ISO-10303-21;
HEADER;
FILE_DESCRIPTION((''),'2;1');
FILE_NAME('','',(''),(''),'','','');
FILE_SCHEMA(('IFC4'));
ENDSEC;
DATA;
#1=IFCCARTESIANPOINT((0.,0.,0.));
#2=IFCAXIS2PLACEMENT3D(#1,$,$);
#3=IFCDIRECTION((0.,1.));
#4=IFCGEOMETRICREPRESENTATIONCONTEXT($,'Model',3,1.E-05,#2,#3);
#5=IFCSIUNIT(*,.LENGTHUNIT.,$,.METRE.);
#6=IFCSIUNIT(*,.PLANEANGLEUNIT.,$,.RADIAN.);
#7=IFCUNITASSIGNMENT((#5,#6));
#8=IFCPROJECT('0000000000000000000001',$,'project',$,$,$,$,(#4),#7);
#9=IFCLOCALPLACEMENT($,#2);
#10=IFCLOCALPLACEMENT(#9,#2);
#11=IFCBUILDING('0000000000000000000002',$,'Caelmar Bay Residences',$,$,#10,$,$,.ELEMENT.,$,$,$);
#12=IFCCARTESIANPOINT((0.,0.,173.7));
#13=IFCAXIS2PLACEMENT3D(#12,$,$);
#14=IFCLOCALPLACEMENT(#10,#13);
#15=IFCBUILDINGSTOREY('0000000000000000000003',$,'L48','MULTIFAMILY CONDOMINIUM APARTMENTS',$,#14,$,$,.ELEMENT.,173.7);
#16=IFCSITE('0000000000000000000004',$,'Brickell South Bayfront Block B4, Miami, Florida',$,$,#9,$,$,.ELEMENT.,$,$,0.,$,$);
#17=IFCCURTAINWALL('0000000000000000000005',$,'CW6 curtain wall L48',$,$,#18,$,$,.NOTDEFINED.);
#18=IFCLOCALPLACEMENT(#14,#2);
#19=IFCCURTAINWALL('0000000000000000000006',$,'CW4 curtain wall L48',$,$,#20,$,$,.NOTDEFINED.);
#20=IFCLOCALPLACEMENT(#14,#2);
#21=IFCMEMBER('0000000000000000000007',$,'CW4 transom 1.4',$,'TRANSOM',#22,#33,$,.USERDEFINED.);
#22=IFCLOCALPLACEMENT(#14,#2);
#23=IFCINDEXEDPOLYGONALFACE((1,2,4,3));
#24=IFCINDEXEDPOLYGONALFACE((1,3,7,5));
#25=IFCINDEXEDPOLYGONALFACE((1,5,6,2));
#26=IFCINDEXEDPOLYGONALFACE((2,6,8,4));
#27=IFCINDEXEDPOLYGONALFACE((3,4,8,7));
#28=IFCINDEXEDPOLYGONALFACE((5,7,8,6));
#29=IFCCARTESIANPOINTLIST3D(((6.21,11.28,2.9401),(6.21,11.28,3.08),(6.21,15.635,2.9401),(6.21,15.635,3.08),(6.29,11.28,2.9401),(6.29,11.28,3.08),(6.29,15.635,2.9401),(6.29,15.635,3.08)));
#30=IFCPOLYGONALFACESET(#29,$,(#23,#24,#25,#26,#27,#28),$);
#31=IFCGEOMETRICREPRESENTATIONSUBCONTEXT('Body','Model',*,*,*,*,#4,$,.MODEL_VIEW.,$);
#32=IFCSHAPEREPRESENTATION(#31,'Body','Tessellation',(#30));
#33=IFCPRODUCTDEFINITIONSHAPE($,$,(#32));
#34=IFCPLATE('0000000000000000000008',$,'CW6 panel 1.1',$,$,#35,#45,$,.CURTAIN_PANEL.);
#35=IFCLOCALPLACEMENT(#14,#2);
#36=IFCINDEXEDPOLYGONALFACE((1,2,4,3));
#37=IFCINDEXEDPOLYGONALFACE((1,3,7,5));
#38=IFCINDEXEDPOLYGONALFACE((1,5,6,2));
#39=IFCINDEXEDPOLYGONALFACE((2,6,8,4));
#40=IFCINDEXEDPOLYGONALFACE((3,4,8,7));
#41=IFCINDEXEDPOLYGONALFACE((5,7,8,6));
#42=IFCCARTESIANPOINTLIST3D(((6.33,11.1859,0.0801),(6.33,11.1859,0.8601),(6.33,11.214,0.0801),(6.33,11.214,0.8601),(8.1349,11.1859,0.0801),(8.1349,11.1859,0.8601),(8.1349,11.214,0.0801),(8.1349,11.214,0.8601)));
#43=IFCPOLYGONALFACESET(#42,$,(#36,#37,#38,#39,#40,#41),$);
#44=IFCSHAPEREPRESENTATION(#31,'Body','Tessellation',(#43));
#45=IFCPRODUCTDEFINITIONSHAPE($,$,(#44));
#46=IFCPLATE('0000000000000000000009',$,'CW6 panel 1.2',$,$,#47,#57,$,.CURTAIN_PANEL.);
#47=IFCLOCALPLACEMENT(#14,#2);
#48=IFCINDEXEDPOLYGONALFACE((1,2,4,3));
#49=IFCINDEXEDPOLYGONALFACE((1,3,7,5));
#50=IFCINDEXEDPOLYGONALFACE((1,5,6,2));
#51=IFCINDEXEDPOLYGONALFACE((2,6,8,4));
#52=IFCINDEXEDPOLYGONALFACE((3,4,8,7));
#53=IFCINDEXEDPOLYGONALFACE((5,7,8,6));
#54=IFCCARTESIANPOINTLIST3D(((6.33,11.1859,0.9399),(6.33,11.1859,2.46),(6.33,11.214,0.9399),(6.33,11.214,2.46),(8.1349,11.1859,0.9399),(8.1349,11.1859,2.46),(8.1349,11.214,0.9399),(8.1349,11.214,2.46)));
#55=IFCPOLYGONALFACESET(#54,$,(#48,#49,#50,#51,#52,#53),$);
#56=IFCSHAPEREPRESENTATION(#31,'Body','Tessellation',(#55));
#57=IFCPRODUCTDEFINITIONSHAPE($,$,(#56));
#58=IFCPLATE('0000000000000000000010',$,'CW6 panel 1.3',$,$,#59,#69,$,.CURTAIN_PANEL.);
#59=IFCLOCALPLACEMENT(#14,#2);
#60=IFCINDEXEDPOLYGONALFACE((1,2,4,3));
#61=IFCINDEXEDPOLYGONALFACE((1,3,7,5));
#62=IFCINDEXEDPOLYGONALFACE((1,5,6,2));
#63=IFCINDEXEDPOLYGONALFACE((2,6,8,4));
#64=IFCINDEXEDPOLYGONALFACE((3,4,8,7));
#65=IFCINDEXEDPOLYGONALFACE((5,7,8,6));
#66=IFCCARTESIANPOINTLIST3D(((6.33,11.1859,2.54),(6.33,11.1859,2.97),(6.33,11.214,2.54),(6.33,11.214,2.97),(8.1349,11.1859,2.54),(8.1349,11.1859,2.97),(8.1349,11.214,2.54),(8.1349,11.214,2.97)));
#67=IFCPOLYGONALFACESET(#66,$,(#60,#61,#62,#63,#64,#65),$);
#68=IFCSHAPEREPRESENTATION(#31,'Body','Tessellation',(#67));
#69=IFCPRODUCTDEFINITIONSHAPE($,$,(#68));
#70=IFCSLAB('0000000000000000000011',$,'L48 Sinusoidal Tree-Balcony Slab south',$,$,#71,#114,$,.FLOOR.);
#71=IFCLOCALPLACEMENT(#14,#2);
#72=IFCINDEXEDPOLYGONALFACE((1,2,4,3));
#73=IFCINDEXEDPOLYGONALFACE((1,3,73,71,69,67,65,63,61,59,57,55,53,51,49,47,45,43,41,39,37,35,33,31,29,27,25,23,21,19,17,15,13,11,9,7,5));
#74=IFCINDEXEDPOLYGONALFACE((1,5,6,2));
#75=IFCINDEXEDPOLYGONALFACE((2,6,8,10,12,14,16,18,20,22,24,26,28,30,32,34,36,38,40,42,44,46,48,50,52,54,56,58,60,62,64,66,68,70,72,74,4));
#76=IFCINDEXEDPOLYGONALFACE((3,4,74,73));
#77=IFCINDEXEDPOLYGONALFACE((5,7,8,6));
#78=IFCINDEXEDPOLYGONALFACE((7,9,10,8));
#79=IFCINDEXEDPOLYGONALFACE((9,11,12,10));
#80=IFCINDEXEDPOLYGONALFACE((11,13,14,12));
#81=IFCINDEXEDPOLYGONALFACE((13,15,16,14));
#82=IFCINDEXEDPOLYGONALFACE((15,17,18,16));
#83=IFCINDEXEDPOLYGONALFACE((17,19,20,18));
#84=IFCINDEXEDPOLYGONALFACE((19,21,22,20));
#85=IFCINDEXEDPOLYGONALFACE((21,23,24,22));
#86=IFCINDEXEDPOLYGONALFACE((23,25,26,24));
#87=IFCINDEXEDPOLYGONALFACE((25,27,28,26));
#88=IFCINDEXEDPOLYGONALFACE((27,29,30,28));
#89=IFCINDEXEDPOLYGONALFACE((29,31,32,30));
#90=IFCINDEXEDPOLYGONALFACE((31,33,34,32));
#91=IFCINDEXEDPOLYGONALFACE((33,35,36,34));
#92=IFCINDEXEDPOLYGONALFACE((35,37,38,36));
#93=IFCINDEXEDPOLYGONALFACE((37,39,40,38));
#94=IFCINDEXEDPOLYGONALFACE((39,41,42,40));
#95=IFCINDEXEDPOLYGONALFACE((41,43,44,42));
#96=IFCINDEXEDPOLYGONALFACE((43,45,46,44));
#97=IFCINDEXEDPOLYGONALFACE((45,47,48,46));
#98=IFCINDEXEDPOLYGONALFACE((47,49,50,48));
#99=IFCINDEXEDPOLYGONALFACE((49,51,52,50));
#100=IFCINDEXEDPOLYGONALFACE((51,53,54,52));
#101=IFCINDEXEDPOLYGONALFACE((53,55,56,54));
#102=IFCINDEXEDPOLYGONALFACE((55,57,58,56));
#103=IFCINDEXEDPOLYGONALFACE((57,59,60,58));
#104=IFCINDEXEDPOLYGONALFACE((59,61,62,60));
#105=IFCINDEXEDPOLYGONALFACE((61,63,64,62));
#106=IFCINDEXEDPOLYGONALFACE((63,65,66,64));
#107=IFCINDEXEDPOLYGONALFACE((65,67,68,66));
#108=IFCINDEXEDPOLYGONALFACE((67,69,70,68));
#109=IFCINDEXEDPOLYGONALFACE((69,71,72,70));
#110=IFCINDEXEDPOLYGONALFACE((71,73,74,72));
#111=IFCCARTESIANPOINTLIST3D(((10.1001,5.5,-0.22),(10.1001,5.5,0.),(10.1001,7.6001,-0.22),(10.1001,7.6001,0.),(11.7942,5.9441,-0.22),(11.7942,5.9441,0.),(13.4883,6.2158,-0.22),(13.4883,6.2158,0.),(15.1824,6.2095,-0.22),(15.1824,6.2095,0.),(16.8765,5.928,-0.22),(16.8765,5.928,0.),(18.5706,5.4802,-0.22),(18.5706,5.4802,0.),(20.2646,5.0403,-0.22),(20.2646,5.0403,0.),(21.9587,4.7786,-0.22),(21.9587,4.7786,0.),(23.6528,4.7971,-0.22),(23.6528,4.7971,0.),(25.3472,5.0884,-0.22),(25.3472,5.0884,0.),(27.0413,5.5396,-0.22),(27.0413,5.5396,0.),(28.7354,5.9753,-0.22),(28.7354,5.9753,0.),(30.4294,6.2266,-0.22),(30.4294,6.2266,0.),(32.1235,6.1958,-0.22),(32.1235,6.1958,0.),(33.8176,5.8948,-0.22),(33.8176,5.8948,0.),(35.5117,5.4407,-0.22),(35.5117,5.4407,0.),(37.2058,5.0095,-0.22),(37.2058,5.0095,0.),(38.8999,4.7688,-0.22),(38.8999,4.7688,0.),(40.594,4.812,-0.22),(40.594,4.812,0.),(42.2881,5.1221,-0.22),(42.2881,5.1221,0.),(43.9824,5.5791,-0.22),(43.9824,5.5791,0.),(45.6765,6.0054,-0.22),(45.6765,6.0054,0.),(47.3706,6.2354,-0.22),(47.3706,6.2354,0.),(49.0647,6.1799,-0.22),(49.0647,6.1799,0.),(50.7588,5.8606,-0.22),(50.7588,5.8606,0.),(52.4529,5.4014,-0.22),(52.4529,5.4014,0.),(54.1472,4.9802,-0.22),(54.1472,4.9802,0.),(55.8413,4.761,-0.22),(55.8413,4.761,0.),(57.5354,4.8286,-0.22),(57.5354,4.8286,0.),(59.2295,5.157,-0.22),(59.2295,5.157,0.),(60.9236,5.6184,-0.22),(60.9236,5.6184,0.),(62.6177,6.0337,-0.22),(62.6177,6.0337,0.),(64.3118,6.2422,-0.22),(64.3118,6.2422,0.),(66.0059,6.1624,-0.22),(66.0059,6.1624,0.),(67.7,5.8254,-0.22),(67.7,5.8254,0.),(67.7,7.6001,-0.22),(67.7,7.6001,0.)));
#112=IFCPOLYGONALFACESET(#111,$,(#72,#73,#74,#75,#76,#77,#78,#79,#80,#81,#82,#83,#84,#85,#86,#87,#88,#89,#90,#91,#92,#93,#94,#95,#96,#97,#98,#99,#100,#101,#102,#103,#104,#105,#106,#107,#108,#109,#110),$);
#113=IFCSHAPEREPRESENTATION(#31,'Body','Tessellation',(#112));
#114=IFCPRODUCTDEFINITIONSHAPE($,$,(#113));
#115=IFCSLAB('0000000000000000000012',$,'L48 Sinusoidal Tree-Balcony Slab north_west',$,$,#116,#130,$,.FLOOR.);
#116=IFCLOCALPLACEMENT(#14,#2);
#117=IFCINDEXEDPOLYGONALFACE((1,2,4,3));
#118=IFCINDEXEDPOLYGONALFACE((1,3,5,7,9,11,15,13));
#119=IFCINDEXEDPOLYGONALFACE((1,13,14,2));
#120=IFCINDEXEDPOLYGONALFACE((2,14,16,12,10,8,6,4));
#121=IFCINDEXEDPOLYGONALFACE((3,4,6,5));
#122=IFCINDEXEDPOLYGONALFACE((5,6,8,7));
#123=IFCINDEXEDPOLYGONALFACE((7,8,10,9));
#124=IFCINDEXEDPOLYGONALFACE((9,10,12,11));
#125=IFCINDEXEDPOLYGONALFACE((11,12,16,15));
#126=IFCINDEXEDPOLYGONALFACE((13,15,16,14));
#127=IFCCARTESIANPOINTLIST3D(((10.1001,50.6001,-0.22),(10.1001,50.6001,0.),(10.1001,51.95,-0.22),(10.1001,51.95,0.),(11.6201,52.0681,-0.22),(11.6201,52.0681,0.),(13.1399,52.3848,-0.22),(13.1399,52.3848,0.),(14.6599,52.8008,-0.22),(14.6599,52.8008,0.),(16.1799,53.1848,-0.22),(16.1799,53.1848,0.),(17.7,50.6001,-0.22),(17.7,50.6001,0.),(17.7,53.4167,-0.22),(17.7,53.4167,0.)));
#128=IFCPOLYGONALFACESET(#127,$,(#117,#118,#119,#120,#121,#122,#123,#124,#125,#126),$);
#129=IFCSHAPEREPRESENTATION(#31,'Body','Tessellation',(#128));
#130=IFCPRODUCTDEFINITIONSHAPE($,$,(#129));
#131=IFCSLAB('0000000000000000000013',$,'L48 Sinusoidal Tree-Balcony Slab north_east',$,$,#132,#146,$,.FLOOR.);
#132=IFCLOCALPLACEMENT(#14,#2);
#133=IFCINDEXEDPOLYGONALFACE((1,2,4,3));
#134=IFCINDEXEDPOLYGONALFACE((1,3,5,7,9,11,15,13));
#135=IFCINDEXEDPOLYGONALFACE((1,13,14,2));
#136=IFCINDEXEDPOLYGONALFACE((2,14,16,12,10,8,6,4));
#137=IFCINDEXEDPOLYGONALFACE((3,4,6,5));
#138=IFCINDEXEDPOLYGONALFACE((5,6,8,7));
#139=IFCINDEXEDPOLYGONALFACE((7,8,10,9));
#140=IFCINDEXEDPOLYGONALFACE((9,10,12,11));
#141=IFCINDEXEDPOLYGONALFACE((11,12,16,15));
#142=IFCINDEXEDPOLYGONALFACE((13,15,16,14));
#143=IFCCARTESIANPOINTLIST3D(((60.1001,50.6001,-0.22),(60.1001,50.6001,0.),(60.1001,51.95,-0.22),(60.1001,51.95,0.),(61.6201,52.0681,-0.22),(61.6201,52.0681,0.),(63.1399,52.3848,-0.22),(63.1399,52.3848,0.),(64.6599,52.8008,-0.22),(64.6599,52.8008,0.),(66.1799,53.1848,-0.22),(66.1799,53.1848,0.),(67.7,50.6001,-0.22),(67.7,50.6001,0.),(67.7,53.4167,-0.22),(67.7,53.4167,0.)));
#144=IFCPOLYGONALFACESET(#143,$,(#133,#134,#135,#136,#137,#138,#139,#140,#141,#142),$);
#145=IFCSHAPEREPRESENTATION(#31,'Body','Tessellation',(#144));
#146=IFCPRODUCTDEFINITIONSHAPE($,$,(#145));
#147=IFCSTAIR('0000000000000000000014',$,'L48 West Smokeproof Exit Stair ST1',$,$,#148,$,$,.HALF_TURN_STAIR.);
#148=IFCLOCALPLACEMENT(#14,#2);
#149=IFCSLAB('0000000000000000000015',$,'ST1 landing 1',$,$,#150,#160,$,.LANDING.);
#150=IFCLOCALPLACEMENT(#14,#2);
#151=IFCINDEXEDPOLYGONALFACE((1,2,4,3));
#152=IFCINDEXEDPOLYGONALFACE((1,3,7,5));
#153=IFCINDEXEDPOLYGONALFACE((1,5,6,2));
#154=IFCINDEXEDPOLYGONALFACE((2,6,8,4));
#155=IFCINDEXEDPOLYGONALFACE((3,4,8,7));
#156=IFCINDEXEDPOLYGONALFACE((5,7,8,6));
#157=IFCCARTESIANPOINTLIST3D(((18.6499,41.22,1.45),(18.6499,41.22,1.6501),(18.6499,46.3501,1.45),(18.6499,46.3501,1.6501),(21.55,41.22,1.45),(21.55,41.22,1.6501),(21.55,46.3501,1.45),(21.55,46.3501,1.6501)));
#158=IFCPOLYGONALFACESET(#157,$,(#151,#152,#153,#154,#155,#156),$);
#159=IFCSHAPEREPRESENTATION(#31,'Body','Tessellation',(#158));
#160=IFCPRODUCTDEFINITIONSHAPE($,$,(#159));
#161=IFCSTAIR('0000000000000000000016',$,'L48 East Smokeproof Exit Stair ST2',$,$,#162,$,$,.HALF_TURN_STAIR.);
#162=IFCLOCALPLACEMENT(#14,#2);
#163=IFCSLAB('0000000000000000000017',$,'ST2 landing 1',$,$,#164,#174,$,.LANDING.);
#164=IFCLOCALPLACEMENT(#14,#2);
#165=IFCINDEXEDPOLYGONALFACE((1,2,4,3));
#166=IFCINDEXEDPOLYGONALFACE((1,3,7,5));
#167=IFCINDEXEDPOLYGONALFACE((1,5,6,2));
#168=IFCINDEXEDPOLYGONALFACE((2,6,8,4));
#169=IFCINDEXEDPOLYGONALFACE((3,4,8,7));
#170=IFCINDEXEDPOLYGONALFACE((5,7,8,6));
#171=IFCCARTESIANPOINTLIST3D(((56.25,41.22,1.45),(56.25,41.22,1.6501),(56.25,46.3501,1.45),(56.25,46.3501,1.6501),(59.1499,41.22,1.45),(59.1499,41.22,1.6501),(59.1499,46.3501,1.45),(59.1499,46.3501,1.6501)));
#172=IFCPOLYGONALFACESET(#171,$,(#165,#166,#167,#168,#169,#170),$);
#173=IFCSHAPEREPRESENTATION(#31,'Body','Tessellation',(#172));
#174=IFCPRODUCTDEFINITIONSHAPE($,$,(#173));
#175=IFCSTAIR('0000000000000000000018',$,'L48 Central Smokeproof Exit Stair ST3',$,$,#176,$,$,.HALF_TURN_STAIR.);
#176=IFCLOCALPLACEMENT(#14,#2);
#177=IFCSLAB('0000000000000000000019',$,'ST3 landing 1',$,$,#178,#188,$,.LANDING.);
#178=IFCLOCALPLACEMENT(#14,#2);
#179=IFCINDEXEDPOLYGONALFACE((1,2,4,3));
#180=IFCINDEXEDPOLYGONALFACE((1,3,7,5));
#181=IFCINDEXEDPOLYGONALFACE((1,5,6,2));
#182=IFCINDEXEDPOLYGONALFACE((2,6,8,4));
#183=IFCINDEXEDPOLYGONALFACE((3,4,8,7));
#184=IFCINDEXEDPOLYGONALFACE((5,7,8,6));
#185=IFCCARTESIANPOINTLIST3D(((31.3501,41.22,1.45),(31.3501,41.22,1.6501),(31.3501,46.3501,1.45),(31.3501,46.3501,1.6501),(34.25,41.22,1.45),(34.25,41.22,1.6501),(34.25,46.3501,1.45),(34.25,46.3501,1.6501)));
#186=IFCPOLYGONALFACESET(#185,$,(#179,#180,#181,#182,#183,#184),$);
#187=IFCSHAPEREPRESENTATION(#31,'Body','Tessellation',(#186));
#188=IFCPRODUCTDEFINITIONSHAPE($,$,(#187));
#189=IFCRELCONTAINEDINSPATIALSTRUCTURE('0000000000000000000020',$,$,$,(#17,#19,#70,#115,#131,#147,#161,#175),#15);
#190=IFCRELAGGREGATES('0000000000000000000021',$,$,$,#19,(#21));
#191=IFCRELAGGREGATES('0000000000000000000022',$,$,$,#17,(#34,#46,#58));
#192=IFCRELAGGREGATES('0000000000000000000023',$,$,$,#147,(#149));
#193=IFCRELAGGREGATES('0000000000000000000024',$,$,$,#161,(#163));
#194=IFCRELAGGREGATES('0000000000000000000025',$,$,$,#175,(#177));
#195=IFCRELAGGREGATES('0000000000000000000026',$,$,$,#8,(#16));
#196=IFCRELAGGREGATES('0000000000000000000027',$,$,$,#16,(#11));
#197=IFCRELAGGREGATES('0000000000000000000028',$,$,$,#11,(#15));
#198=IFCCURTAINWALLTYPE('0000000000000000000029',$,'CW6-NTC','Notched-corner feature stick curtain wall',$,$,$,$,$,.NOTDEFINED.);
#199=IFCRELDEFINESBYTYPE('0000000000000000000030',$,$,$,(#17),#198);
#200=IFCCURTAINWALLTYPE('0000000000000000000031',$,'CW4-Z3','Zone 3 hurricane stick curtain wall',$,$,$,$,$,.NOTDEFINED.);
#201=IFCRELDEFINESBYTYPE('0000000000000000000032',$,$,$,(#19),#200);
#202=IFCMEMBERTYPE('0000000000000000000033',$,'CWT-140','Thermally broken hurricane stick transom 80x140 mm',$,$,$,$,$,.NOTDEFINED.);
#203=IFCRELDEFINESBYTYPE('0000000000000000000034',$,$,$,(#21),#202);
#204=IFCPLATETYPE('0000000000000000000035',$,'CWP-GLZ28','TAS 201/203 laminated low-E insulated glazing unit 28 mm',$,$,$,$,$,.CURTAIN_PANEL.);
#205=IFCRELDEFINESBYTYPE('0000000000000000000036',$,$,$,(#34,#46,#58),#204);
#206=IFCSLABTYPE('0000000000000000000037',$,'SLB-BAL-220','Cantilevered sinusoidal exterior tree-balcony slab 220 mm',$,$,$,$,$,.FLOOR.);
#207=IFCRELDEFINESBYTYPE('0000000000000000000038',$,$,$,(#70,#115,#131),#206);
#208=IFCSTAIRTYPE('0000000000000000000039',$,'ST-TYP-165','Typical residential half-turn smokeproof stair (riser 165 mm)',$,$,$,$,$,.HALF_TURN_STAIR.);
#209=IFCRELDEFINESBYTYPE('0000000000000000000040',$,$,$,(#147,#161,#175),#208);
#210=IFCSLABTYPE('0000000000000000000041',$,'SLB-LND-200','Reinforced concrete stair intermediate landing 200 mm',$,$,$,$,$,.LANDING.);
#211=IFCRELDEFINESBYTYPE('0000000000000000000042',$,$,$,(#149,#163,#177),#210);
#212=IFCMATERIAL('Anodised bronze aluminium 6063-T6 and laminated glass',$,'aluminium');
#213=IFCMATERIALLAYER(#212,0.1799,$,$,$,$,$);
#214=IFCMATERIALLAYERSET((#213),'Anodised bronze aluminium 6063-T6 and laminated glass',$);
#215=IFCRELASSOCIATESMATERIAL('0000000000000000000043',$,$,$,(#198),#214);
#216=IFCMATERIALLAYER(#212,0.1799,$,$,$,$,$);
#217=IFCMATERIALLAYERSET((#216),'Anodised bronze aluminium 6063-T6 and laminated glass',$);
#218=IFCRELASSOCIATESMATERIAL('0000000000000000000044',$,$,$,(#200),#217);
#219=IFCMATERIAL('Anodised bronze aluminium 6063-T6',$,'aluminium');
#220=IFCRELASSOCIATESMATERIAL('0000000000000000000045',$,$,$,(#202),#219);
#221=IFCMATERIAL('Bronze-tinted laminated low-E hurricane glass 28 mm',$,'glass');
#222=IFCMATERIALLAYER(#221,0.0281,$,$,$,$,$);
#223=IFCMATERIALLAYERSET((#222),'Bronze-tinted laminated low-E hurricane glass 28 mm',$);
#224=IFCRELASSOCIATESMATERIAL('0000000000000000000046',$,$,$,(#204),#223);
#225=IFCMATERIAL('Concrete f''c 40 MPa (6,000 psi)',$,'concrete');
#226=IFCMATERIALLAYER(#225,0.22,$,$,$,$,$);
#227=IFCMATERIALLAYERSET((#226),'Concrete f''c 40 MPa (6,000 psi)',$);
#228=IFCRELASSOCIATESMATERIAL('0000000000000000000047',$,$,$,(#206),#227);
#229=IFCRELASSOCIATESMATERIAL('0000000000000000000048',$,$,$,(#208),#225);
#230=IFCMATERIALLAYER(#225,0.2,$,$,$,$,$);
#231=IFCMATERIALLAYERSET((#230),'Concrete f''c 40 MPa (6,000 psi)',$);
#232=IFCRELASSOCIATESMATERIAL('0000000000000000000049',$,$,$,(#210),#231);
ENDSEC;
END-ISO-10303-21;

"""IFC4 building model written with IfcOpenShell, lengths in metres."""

from ifc_helpers import new_model, si_unit, direction, frame, origin, origin_2d, place, context, subcontext, project, spatial, polyline, rectangle, outline, extrude, material, layer, layer_set, material_profile, profile_set, type_object, element, aggregate, save


model = new_model("IFC4")

# Units and contexts
model_context = context("Model", 3, precision=1e-05, world=origin(), true_north=direction((0.0, 1.0)))
body_context = subcontext(model_context, "Body", "Model", "MODEL_VIEW")
ifc_project = project(units=[si_unit("LENGTHUNIT", "METRE"), si_unit("PLANEANGLEUNIT", "RADIAN")], contexts=[model_context])

# Site, building, storey
site_placement = place(None, origin())
site = spatial("IfcSite", under=ifc_project, at=site_placement, Name="Brickell South Bayfront Block B4, Miami, Florida", CompositionType="ELEMENT", RefElevation=0.0)
building_placement = place(site_placement, origin())
building = spatial("IfcBuilding", under=site, at=building_placement, Name="Caelmar Bay Residences", CompositionType="ELEMENT")
storey_placement = place(building_placement, frame((0.0, 0.0, 173.7)))
storey = spatial("IfcBuildingStorey", under=building, at=storey_placement, Name="L48", Description="MULTIFAMILY CONDOMINIUM APARTMENTS", CompositionType="ELEMENT", Elevation=173.7)

# Curtain wall
ifc_material_1 = material(Name="Anodised bronze aluminium 6063-T6 and laminated glass", Category="aluminium")
ifc_layer_1 = layer(ifc_material_1, 0.1799)
ifc_layer_set_1 = layer_set([ifc_layer_1], Name="Anodised bronze aluminium 6063-T6 and laminated glass")
curtain_wall_type_1 = type_object("IfcCurtainWallType", Name="CW6-NTC", Description="Notched-corner feature stick curtain wall", PredefinedType="NOTDEFINED", material=ifc_layer_set_1)
curtain_wall_1_placement = place(storey_placement, origin())
curtain_wall_1 = element("IfcCurtainWall", 1, at=curtain_wall_1_placement, inside=storey, type_object=curtain_wall_type_1, Name="CW6 curtain wall L48", PredefinedType="NOTDEFINED")
ifc_material_2 = material(Name="Anodised bronze aluminium 6063-T6", Category="aluminium")

# Curtain wall
ifc_layer_2 = layer(ifc_material_1, 0.1799)
ifc_layer_set_2 = layer_set([ifc_layer_2], Name="Anodised bronze aluminium 6063-T6 and laminated glass")
curtain_wall_type_2 = type_object("IfcCurtainWallType", Name="CW4-Z3", Description="Zone 3 hurricane stick curtain wall", PredefinedType="NOTDEFINED", material=ifc_layer_set_2)
curtain_wall_2_placement = place(storey_placement, origin())
curtain_wall_2 = element("IfcCurtainWall", 2, at=curtain_wall_2_placement, inside=storey, type_object=curtain_wall_type_2, Name="CW4 curtain wall L48", PredefinedType="NOTDEFINED")

# Member
ifc_material_profile_1 = material_profile(ifc_material_2, rectangle(XDim=0.0801, YDim=0.1399, at=origin_2d()), Name="CWT-80X140")
ifc_profile_set_1 = profile_set([ifc_material_profile_1], Name="Anodised bronze aluminium 6063-T6")
member_type_1 = type_object("IfcMemberType", Name="CWT-140", Description="Thermally broken hurricane stick transom 80x140 mm", PredefinedType="NOTDEFINED", material=ifc_profile_set_1)
member_1_placement = place(storey_placement, frame((6.25, 11.28, 3.01), z_axis=(0.0, 1.0, 0.0), x_axis=(-1.0, 0.0, 0.0)))
member_1 = element("IfcMember", 3, at=member_1_placement, type_object=member_type_1, Name="CW4 transom 1.4", ObjectType="TRANSOM", PredefinedType="USERDEFINED", context=body_context, shape_type="SweptSolid", body=[
    extrude(rectangle(XDim=0.0801, YDim=0.1399, at=origin_2d()), origin(), (0.0, 0.0, 1.0), 4.355),
])
aggregate(curtain_wall_2, [member_1])

# Plates
ifc_material_3 = material(Name="Bronze-tinted laminated low-E hurricane glass 28 mm", Category="glass")
ifc_layer_3 = layer(ifc_material_3, 0.0281)
ifc_layer_set_3 = layer_set([ifc_layer_3], Name="Bronze-tinted laminated low-E hurricane glass 28 mm")
plate_type = type_object("IfcPlateType", Name="CWP-GLZ28", Description="TAS 201/203 laminated low-E insulated glazing unit 28 mm", PredefinedType="CURTAIN_PANEL", material=ifc_layer_set_3)
plate_1_placement = place(storey_placement, frame((7.2324, 11.2, 0.0801), z_axis=(0.0, 0.0, 1.0), x_axis=(1.0, 0.0, 0.0)))
plate_1 = element("IfcPlate", 4, at=plate_1_placement, type_object=plate_type, Name="CW6 panel 1.1", PredefinedType="CURTAIN_PANEL", context=body_context, shape_type="SweptSolid", body=[
    extrude(rectangle(XDim=1.8049, YDim=0.0281, at=origin_2d()), origin(), (0.0, 0.0, 1.0), 0.78),
])
plate_2_placement = place(storey_placement, frame((7.2324, 11.2, 0.9399), z_axis=(0.0, 0.0, 1.0), x_axis=(1.0, 0.0, 0.0)))
plate_2 = element("IfcPlate", 5, at=plate_2_placement, type_object=plate_type, Name="CW6 panel 1.2", PredefinedType="CURTAIN_PANEL", context=body_context, shape_type="SweptSolid", body=[
    extrude(rectangle(XDim=1.8049, YDim=0.0281, at=origin_2d()), origin(), (0.0, 0.0, 1.0), 1.52),
])
plate_3_placement = place(storey_placement, frame((7.2324, 11.2, 2.54), z_axis=(0.0, 0.0, 1.0), x_axis=(1.0, 0.0, 0.0)))
plate_3 = element("IfcPlate", 6, at=plate_3_placement, type_object=plate_type, Name="CW6 panel 1.3", PredefinedType="CURTAIN_PANEL", context=body_context, shape_type="SweptSolid", body=[
    extrude(rectangle(XDim=1.8049, YDim=0.0281, at=origin_2d()), origin(), (0.0, 0.0, 1.0), 0.4299),
])
aggregate(curtain_wall_1, [plate_1, plate_2, plate_3])

# Slabs
ifc_material_4 = material(Name="Concrete f'c 40 MPa (6,000 psi)", Category="concrete")
ifc_layer_4 = layer(ifc_material_4, 0.22)
ifc_layer_set_4 = layer_set([ifc_layer_4], Name="Concrete f'c 40 MPa (6,000 psi)")
slab_type_1 = type_object("IfcSlabType", Name="SLB-BAL-220", Description="Cantilevered sinusoidal exterior tree-balcony slab 220 mm", PredefinedType="FLOOR", material=ifc_layer_set_4)
slab_1_placement = place(storey_placement, frame((0.0, 0.0, -0.22)))
element("IfcSlab", 7, at=slab_1_placement, inside=storey, type_object=slab_type_1, Name="L48 Sinusoidal Tree-Balcony Slab south", PredefinedType="FLOOR", context=body_context, shape_type="SweptSolid", body=[
    extrude(outline(polyline([(10.1001, 5.5), (11.7942, 5.9441), (13.4883, 6.2158), (15.1824, 6.2095), (16.8765, 5.928), (18.5706, 5.4802), (20.2646, 5.0403), (21.9587, 4.7786), (23.6528, 4.7971), (25.3472, 5.0884), (27.0413, 5.5396), (28.7354, 5.9753), (30.4294, 6.2266), (32.1235, 6.1958), (33.8176, 5.8948), (35.5117, 5.4407), (37.2058, 5.0095), (38.8999, 4.7688), (40.594, 4.812), (42.2881, 5.1221), (43.9824, 5.5791), (45.6765, 6.0054), (47.3706, 6.2354), (49.0647, 6.1799), (50.7588, 5.8606), (52.4529, 5.4014), (54.1472, 4.9802), (55.8413, 4.761), (57.5354, 4.8286), (59.2295, 5.157), (60.9236, 5.6184), (62.6177, 6.0337), (64.3118, 6.2422), (66.0059, 6.1624), (67.7, 5.8254), (67.7, 7.6001), (10.1001, 7.6001), (10.1001, 5.5)])), origin(), (0.0, 0.0, 1.0), 0.22),
])
slab_2_placement = place(storey_placement, frame((0.0, 0.0, -0.22)))
element("IfcSlab", 8, at=slab_2_placement, inside=storey, type_object=slab_type_1, Name="L48 Sinusoidal Tree-Balcony Slab north_west", PredefinedType="FLOOR", context=body_context, shape_type="SweptSolid", body=[
    extrude(outline(polyline([(10.1001, 50.6001), (17.7, 50.6001), (17.7, 53.4167), (16.1799, 53.1848), (14.6599, 52.8008), (13.1399, 52.3848), (11.6201, 52.0681), (10.1001, 51.95), (10.1001, 50.6001)])), origin(), (0.0, 0.0, 1.0), 0.22),
])
slab_3_placement = place(storey_placement, frame((0.0, 0.0, -0.22)))
element("IfcSlab", 9, at=slab_3_placement, inside=storey, type_object=slab_type_1, Name="L48 Sinusoidal Tree-Balcony Slab north_east", PredefinedType="FLOOR", context=body_context, shape_type="SweptSolid", body=[
    extrude(outline(polyline([(60.1001, 50.6001), (67.7, 50.6001), (67.7, 53.4167), (66.1799, 53.1848), (64.6599, 52.8008), (63.1399, 52.3848), (61.6201, 52.0681), (60.1001, 51.95), (60.1001, 50.6001)])), origin(), (0.0, 0.0, 1.0), 0.22),
])

# Stairs, slabs
stair_type = type_object("IfcStairType", Name="ST-TYP-165", Description="Typical residential half-turn smokeproof stair (riser 165 mm)", PredefinedType="HALF_TURN_STAIR", material=ifc_material_4)
stair_1_placement = place(storey_placement, origin())
stair_1 = element("IfcStair", 10, at=stair_1_placement, inside=storey, type_object=stair_type, Name="L48 West Smokeproof Exit Stair ST1", PredefinedType="HALF_TURN_STAIR")
ifc_layer_5 = layer(ifc_material_4, 0.2)
ifc_layer_set_5 = layer_set([ifc_layer_5], Name="Concrete f'c 40 MPa (6,000 psi)")
slab_type_2 = type_object("IfcSlabType", Name="SLB-LND-200", Description="Reinforced concrete stair intermediate landing 200 mm", PredefinedType="LANDING", material=ifc_layer_set_5)
slab_4_placement = place(storey_placement, frame((0.0, 0.0, 1.45)))
slab_4 = element("IfcSlab", 11, at=slab_4_placement, type_object=slab_type_2, Name="ST1 landing 1", PredefinedType="LANDING", context=body_context, shape_type="SweptSolid", body=[
    extrude(outline(polyline([(21.55, 41.22), (21.55, 46.3501), (18.6499, 46.3501), (18.6499, 41.22), (21.55, 41.22)])), origin(), (0.0, 0.0, 1.0), 0.2002),
])
aggregate(stair_1, [slab_4])
stair_2_placement = place(storey_placement, origin())
stair_2 = element("IfcStair", 12, at=stair_2_placement, inside=storey, type_object=stair_type, Name="L48 East Smokeproof Exit Stair ST2", PredefinedType="HALF_TURN_STAIR")
slab_5_placement = place(storey_placement, frame((0.0, 0.0, 1.45)))
slab_5 = element("IfcSlab", 13, at=slab_5_placement, type_object=slab_type_2, Name="ST2 landing 1", PredefinedType="LANDING", context=body_context, shape_type="SweptSolid", body=[
    extrude(outline(polyline([(59.1499, 41.22), (59.1499, 46.3501), (56.25, 46.3501), (56.25, 41.22), (59.1499, 41.22)])), origin(), (0.0, 0.0, 1.0), 0.2002),
])
aggregate(stair_2, [slab_5])
stair_3_placement = place(storey_placement, origin())
stair_3 = element("IfcStair", 14, at=stair_3_placement, inside=storey, type_object=stair_type, Name="L48 Central Smokeproof Exit Stair ST3", PredefinedType="HALF_TURN_STAIR")
slab_6_placement = place(storey_placement, frame((0.0, 0.0, 1.45)))
slab_6 = element("IfcSlab", 15, at=slab_6_placement, type_object=slab_type_2, Name="ST3 landing 1", PredefinedType="LANDING", context=body_context, shape_type="SweptSolid", body=[
    extrude(outline(polyline([(34.25, 41.22), (34.25, 46.3501), (31.3501, 46.3501), (31.3501, 41.22), (34.25, 41.22)])), origin(), (0.0, 0.0, 1.0), 0.2002),
])
aggregate(stair_3, [slab_6])

save(model, "model.ifc")
